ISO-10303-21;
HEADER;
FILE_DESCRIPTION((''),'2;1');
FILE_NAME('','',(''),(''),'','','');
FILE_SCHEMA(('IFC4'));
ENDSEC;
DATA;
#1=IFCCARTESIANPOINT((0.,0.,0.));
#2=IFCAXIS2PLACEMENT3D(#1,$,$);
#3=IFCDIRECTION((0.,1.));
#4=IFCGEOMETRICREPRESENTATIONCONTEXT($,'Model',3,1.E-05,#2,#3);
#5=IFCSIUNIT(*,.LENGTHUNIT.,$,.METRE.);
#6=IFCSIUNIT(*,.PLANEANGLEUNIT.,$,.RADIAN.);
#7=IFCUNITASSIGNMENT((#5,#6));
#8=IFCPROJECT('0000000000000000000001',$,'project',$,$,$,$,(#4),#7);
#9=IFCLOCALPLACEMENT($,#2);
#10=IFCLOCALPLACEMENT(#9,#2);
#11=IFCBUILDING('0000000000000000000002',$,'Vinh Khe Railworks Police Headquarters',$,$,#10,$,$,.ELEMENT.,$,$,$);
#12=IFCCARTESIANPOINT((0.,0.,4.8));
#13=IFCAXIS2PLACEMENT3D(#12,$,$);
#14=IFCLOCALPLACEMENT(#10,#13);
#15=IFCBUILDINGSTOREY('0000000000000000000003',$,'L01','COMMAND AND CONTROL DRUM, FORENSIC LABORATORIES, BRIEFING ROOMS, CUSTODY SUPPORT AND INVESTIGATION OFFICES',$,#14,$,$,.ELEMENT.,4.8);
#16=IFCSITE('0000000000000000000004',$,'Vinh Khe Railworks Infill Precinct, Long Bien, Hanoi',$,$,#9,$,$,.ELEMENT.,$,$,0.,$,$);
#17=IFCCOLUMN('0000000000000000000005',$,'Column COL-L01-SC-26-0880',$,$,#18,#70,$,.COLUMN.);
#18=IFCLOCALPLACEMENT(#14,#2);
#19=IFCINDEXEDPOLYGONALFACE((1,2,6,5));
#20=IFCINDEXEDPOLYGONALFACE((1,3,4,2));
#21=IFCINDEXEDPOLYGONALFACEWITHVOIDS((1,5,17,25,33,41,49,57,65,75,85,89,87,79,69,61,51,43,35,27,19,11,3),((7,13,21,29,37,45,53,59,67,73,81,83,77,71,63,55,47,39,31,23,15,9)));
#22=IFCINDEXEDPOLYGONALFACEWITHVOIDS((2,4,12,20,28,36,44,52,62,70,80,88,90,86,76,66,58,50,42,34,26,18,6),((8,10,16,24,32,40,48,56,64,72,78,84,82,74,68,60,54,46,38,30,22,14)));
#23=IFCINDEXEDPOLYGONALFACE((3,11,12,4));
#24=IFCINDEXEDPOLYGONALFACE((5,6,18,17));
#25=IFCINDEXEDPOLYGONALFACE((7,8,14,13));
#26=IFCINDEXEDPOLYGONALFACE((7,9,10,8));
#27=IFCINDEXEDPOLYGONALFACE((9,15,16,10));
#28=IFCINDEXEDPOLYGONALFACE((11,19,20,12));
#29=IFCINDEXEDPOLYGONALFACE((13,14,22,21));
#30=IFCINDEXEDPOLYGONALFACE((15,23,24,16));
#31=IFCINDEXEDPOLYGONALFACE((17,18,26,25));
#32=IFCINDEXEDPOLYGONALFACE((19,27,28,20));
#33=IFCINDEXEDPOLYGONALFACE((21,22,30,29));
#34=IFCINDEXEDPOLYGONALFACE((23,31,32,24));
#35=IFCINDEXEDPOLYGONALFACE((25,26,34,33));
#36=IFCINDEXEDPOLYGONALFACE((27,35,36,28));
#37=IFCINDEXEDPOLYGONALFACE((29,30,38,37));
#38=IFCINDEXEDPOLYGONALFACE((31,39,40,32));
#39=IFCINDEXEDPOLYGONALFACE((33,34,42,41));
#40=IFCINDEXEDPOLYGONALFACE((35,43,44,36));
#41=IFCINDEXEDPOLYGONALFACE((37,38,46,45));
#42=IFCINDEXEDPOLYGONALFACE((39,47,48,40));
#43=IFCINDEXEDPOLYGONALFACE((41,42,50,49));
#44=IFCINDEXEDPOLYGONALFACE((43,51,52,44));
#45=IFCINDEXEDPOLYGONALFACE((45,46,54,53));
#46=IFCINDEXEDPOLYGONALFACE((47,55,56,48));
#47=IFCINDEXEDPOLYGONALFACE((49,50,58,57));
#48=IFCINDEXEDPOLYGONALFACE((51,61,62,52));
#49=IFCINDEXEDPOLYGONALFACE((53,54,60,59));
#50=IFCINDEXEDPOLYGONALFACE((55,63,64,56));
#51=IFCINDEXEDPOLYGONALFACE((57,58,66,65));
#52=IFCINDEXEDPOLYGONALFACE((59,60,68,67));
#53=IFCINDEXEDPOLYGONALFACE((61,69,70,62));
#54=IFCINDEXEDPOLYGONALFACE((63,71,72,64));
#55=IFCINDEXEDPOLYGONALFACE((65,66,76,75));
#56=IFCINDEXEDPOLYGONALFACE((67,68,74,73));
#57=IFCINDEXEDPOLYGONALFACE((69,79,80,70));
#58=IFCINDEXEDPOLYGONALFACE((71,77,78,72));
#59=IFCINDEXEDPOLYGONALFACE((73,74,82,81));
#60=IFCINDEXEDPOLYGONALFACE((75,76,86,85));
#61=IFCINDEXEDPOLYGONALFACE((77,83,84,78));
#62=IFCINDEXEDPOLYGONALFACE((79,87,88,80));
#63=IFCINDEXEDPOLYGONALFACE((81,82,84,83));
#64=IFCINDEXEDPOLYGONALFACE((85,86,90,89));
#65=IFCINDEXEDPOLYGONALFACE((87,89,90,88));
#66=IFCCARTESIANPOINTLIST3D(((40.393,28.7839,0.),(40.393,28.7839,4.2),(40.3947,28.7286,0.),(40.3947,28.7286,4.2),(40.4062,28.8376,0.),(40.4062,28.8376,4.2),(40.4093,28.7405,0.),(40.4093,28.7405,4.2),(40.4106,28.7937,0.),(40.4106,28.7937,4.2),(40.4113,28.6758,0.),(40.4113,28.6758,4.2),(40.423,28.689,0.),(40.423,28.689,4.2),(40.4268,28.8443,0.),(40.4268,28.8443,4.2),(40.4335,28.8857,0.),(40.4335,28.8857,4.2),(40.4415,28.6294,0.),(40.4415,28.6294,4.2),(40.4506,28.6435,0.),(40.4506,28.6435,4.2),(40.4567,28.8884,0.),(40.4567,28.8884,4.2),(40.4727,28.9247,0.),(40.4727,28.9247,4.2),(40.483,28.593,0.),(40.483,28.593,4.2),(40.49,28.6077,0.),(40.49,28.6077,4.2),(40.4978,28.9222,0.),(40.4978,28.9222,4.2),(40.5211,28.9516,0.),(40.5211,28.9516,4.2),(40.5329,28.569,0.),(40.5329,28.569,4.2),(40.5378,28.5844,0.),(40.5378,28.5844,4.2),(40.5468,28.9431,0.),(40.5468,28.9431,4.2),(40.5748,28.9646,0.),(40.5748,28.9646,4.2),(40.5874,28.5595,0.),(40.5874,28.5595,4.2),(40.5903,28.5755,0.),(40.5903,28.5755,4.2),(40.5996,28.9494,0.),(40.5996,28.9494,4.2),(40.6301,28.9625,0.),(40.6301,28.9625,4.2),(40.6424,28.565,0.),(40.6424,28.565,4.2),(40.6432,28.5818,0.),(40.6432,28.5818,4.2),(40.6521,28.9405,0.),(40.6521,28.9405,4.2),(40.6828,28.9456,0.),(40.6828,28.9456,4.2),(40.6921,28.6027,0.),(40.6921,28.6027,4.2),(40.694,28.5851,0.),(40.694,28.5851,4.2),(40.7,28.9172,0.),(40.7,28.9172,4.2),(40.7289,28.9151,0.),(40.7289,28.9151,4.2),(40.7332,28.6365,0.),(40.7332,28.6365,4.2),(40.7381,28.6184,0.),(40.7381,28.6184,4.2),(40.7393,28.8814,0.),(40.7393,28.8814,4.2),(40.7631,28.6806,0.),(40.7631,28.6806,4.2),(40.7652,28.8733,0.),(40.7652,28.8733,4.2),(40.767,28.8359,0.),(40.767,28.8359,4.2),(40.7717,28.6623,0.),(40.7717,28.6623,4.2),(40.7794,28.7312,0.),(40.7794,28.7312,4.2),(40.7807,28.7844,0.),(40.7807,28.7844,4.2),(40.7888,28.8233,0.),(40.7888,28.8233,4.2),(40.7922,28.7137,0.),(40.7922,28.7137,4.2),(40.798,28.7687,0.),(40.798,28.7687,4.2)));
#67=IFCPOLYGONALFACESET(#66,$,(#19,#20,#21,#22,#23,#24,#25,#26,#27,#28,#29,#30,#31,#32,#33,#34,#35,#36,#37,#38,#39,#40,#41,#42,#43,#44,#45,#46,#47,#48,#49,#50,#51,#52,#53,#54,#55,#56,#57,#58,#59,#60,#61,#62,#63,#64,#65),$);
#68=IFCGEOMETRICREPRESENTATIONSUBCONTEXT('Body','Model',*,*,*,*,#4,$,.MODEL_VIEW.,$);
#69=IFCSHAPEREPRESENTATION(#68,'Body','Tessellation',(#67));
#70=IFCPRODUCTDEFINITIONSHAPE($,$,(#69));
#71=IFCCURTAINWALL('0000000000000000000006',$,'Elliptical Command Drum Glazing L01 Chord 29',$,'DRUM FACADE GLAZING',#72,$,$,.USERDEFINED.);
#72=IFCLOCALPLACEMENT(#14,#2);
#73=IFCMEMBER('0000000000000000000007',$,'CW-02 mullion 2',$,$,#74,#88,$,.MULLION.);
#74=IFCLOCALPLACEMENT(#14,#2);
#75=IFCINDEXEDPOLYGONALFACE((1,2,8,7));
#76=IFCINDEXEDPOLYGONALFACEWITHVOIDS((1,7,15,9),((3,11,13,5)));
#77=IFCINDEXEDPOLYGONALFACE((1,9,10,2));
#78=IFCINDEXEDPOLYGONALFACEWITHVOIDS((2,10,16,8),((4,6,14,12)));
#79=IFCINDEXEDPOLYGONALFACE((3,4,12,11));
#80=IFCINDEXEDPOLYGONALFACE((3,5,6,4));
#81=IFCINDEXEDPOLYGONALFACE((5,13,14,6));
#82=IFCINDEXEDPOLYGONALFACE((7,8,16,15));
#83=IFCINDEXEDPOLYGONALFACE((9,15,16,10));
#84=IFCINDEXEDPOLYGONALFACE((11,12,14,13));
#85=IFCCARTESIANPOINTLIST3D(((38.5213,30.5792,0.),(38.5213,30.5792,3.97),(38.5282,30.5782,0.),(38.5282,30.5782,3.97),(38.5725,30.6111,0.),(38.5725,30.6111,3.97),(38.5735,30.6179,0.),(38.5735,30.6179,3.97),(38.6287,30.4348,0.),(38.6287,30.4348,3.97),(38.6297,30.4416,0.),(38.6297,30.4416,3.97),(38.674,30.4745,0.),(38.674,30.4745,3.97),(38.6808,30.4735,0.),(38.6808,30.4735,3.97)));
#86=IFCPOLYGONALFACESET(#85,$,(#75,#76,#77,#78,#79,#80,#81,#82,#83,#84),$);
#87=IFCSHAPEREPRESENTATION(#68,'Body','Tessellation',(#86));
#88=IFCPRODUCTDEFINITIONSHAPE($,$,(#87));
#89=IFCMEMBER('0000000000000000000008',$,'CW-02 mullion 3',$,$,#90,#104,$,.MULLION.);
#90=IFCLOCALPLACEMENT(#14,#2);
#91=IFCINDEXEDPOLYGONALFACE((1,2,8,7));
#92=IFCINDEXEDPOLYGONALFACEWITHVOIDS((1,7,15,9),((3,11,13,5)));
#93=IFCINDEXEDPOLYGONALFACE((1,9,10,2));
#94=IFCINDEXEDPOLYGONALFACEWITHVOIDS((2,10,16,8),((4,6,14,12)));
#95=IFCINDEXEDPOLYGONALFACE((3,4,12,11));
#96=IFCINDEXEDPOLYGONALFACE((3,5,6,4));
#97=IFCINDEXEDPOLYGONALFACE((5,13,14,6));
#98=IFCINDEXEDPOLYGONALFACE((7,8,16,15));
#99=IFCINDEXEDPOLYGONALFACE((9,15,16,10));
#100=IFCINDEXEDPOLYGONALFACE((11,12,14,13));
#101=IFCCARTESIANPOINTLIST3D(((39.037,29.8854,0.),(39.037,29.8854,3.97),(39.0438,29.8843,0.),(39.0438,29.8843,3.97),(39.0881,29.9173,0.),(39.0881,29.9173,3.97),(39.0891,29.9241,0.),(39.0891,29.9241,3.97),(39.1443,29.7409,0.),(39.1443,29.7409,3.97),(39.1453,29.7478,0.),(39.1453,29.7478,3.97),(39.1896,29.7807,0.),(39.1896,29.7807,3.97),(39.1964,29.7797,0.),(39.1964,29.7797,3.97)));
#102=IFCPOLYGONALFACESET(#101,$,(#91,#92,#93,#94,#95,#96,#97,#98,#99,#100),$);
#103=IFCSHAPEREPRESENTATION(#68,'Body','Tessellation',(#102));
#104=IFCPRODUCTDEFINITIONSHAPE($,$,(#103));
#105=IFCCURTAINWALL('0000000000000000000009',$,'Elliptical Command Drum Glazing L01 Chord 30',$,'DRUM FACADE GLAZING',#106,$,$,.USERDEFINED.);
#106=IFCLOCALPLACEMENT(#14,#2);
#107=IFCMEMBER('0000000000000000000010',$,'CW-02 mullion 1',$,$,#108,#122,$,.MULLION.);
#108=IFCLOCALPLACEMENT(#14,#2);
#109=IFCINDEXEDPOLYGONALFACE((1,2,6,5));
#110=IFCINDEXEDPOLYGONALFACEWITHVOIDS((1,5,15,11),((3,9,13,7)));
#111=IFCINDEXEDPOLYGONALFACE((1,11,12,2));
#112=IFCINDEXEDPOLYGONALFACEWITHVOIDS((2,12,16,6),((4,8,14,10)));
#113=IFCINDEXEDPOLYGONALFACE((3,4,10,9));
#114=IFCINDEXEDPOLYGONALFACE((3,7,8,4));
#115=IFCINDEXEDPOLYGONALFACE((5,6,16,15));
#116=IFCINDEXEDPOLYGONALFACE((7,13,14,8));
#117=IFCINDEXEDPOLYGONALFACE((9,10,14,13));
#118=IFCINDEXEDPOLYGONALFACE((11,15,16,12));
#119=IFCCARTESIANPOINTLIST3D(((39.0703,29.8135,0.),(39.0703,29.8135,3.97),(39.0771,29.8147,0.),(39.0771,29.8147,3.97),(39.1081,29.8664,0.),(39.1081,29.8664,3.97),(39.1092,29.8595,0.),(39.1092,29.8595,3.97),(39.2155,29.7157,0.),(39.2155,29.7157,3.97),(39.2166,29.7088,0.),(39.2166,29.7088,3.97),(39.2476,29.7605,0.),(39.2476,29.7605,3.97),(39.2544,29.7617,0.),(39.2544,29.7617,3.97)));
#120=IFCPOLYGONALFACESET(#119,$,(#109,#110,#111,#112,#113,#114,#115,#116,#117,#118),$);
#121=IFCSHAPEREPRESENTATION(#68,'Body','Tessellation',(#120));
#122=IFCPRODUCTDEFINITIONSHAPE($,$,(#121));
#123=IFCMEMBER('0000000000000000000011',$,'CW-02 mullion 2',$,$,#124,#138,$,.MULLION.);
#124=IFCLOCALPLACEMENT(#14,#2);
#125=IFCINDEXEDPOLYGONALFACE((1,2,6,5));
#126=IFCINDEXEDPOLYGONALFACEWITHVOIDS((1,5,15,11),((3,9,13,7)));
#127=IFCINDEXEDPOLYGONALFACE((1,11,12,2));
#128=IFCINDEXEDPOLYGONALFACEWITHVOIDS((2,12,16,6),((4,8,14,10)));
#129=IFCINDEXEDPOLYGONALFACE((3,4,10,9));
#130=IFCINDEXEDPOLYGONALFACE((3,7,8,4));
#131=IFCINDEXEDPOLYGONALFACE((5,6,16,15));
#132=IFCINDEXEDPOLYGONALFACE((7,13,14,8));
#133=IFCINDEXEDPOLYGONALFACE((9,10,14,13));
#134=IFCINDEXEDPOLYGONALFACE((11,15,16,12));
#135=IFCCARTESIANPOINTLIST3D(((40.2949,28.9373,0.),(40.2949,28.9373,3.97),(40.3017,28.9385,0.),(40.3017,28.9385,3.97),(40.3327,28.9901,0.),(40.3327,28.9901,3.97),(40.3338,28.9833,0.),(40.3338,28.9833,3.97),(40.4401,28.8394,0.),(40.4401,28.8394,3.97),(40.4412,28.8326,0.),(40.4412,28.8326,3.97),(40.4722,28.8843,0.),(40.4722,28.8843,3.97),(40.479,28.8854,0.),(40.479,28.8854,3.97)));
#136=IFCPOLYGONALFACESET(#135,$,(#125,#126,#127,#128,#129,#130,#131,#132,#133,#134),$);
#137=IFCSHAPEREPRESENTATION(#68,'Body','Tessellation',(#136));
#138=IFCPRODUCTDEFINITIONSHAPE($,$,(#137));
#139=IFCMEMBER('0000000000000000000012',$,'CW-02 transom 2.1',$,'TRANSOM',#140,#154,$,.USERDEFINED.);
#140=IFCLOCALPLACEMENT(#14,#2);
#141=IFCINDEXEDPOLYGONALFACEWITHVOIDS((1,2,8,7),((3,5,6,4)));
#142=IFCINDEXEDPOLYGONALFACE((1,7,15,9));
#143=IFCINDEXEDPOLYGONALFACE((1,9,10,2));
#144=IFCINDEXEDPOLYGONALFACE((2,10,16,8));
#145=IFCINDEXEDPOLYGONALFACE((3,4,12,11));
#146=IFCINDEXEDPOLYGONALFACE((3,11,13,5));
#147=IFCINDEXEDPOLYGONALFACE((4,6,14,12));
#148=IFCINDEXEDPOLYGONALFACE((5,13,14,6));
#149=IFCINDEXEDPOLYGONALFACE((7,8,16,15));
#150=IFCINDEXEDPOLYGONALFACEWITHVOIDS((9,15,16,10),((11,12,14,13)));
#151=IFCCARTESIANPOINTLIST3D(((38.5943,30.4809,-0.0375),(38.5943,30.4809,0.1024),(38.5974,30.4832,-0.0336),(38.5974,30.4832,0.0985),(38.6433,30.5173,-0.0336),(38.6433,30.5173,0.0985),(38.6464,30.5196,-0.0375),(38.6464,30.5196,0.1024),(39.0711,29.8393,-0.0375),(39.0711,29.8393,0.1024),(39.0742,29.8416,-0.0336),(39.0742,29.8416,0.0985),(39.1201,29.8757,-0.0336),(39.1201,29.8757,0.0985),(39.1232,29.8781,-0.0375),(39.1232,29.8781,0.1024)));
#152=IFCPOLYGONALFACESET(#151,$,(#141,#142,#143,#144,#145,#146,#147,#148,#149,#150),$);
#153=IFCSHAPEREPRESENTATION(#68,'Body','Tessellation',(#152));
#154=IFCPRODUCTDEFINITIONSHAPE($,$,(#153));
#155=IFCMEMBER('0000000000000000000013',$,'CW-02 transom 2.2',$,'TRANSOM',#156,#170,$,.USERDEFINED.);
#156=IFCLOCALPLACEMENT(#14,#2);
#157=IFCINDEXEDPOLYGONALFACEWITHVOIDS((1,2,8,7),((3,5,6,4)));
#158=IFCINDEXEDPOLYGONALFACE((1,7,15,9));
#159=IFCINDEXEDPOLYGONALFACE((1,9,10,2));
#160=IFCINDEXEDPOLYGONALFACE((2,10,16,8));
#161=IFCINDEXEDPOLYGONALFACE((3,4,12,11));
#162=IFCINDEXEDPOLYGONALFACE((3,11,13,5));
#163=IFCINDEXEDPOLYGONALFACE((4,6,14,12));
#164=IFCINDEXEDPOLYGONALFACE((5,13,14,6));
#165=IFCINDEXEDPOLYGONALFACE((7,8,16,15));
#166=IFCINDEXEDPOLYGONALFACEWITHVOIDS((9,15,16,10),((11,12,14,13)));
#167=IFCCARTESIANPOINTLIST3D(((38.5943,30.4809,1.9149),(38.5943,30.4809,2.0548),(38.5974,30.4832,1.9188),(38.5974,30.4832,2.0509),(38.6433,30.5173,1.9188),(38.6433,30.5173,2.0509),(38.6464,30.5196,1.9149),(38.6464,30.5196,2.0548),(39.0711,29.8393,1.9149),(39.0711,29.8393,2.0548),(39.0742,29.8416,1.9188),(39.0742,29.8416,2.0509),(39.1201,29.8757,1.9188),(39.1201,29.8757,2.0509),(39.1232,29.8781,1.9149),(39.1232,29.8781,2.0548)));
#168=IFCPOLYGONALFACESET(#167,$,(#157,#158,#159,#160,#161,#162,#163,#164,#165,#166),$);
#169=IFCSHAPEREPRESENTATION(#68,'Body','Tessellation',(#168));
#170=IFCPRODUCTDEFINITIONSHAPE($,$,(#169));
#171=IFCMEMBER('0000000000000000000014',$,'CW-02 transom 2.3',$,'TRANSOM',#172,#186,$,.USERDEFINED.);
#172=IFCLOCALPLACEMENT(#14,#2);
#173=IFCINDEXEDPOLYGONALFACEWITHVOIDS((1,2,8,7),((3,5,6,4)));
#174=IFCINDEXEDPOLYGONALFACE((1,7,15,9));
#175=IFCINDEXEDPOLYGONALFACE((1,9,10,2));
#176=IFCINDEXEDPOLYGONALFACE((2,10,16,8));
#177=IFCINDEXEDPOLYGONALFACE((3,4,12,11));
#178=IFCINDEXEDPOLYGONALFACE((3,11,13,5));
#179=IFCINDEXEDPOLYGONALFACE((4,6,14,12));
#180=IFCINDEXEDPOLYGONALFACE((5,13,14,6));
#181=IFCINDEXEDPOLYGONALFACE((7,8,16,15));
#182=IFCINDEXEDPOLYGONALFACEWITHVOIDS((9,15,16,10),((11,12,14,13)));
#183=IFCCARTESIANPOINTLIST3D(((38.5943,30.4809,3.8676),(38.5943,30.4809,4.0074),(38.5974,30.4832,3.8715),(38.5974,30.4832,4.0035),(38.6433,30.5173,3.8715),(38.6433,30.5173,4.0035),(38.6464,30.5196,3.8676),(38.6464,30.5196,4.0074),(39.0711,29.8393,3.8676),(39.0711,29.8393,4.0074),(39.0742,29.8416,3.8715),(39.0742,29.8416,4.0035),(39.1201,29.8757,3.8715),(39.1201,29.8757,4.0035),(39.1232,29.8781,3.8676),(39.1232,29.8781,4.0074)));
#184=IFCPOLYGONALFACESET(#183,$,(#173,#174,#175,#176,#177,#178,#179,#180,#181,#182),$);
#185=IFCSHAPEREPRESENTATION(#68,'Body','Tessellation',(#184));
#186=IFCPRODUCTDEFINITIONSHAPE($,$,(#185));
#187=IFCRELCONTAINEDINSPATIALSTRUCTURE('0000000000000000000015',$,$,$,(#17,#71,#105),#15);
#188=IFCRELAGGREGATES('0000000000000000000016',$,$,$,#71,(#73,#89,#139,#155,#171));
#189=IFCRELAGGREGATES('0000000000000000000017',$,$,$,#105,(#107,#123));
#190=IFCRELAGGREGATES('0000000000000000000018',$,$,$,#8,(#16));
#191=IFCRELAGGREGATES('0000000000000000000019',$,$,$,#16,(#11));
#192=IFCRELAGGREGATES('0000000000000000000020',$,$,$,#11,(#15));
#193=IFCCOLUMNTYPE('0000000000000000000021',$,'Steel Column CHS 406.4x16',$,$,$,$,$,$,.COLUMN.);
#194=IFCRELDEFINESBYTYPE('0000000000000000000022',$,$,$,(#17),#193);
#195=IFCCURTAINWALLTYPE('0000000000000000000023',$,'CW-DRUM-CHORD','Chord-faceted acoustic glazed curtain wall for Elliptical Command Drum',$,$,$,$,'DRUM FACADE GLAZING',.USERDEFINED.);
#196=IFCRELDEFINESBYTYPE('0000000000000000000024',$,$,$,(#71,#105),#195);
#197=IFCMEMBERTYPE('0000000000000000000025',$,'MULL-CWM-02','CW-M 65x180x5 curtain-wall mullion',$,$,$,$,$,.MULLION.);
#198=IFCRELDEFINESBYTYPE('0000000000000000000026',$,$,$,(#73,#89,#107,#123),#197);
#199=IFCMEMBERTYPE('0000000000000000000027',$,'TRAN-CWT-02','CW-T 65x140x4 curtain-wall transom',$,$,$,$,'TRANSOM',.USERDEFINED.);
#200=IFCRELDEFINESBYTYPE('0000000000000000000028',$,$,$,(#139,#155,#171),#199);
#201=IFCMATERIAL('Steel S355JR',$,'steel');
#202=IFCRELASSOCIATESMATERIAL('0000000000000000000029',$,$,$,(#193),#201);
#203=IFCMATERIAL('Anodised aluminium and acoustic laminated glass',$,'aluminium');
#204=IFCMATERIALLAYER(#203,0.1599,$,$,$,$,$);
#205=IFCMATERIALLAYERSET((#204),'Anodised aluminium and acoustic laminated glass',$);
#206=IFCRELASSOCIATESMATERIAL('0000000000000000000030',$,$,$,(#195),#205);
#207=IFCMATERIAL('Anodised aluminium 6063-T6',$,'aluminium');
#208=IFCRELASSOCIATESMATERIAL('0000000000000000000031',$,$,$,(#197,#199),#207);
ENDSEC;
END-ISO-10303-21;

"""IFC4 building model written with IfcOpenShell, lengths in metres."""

from ifc_helpers import new_model, si_unit, direction, frame, origin, origin_2d, place, context, subcontext, project, spatial, hollow_rectangle, hollow_circle, extrude, material, layer, layer_set, material_profile, profile_set, type_object, element, aggregate, save


model = new_model("IFC4")

# Units and contexts
model_context = context("Model", 3, precision=1e-05, world=origin(), true_north=direction((0.0, 1.0)))
body_context = subcontext(model_context, "Body", "Model", "MODEL_VIEW")
ifc_project = project(units=[si_unit("LENGTHUNIT", "METRE"), si_unit("PLANEANGLEUNIT", "RADIAN")], contexts=[model_context])

# Site, building, storey
site_placement = place(None, origin())
site = spatial("IfcSite", under=ifc_project, at=site_placement, Name="Vinh Khe Railworks Infill Precinct, Long Bien, Hanoi", CompositionType="ELEMENT", RefElevation=0.0)
building_placement = place(site_placement, origin())
building = spatial("IfcBuilding", under=site, at=building_placement, Name="Vinh Khe Railworks Police Headquarters", CompositionType="ELEMENT")
storey_placement = place(building_placement, frame((0.0, 0.0, 4.8)))
storey = spatial("IfcBuildingStorey", under=building, at=storey_placement, Name="L01", Description="COMMAND AND CONTROL DRUM, FORENSIC LABORATORIES, BRIEFING ROOMS, CUSTODY SUPPORT AND INVESTIGATION OFFICES", CompositionType="ELEMENT", Elevation=4.8)

# Column
ifc_material_1 = material(Name="Steel S355JR", Category="steel")
ifc_material_profile_1 = material_profile(ifc_material_1, hollow_circle(Radius=0.2031, WallThickness=0.0161, at=origin_2d()), Name="CHS 406.4x16")
ifc_profile_set_1 = profile_set([ifc_material_profile_1], Name="Steel S355JR")
column_type = type_object("IfcColumnType", Name="Steel Column CHS 406.4x16", PredefinedType="COLUMN", material=ifc_profile_set_1)
column_placement = place(storey_placement, frame((40.595, 28.7625, 0.0), z_axis=(0.0, 0.0, 1.0), x_axis=(-0.305529, -0.952183, 0.0)))
element("IfcColumn", 1, at=column_placement, inside=storey, type_object=column_type, Name="Column COL-L01-SC-26-0880", PredefinedType="COLUMN", context=body_context, shape_type="SweptSolid", body=[
    extrude(hollow_circle(Radius=0.2031, WallThickness=0.0161, at=origin_2d()), origin(), (0.0, 0.0, 1.0), 4.2),
])

# Curtain walls, members
ifc_material_2 = material(Name="Anodised aluminium and acoustic laminated glass", Category="aluminium")
ifc_layer_1 = layer(ifc_material_2, 0.1599)
ifc_layer_set_1 = layer_set([ifc_layer_1], Name="Anodised aluminium and acoustic laminated glass")
curtain_wall_type = type_object("IfcCurtainWallType", Name="CW-DRUM-CHORD", Description="Chord-faceted acoustic glazed curtain wall for Elliptical Command Drum", ElementType="DRUM FACADE GLAZING", PredefinedType="USERDEFINED", material=ifc_layer_set_1)
curtain_wall_1_placement = place(storey_placement, origin())
curtain_wall_1 = element("IfcCurtainWall", 2, at=curtain_wall_1_placement, inside=storey, type_object=curtain_wall_type, Name="Elliptical Command Drum Glazing L01 Chord 29", ObjectType="DRUM FACADE GLAZING", PredefinedType="USERDEFINED")
ifc_material_3 = material(Name="Anodised aluminium 6063-T6", Category="aluminium")
ifc_material_profile_2 = material_profile(ifc_material_3, hollow_rectangle(XDim=0.0649, YDim=0.1799, WallThickness=0.0049, at=origin_2d()), Name="CW-M 65x180x5")
ifc_profile_set_2 = profile_set([ifc_material_profile_2], Name="Anodised aluminium 6063-T6")
member_type_1 = type_object("IfcMemberType", Name="MULL-CWM-02", Description="CW-M 65x180x5 curtain-wall mullion", PredefinedType="MULLION", material=ifc_profile_set_2)
member_1_placement = place(storey_placement, frame((38.6011, 30.5264, 0.0), z_axis=(0.0, 0.0, 1.0), x_axis=(0.802592, 0.596528, 0.0)))
member_1 = element("IfcMember", 3, at=member_1_placement, type_object=member_type_1, Name="CW-02 mullion 2", PredefinedType="MULLION", context=body_context, shape_type="SweptSolid", body=[
    extrude(hollow_rectangle(XDim=0.0649, YDim=0.1799, WallThickness=0.0049, at=origin_2d()), origin(), (0.0, 0.0, 1.0), 3.97),
])
member_2_placement = place(storey_placement, frame((39.1167, 29.8325, 0.0), z_axis=(0.0, 0.0, 1.0), x_axis=(0.802592, 0.596528, 0.0)))
member_2 = element("IfcMember", 4, at=member_2_placement, type_object=member_type_1, Name="CW-02 mullion 3", PredefinedType="MULLION", context=body_context, shape_type="SweptSolid", body=[
    extrude(hollow_rectangle(XDim=0.0649, YDim=0.1799, WallThickness=0.0049, at=origin_2d()), origin(), (0.0, 0.0, 1.0), 3.97),
])
curtain_wall_2_placement = place(storey_placement, origin())
curtain_wall_2 = element("IfcCurtainWall", 5, at=curtain_wall_2_placement, inside=storey, type_object=curtain_wall_type, Name="Elliptical Command Drum Glazing L01 Chord 30", ObjectType="DRUM FACADE GLAZING", PredefinedType="USERDEFINED")
member_3_placement = place(storey_placement, frame((39.1624, 29.7876, 0.0), z_axis=(0.0, 0.0, 1.0), x_axis=(0.581917, 0.813248, 0.0)))
member_3 = element("IfcMember", 6, at=member_3_placement, type_object=member_type_1, Name="CW-02 mullion 1", PredefinedType="MULLION", context=body_context, shape_type="SweptSolid", body=[
    extrude(hollow_rectangle(XDim=0.0649, YDim=0.1799, WallThickness=0.0049, at=origin_2d()), origin(), (0.0, 0.0, 1.0), 3.97),
])
member_4_placement = place(storey_placement, frame((40.387, 28.9114, 0.0), z_axis=(0.0, 0.0, 1.0), x_axis=(0.581917, 0.813248, 0.0)))
member_4 = element("IfcMember", 7, at=member_4_placement, type_object=member_type_1, Name="CW-02 mullion 2", PredefinedType="MULLION", context=body_context, shape_type="SweptSolid", body=[
    extrude(hollow_rectangle(XDim=0.0649, YDim=0.1799, WallThickness=0.0049, at=origin_2d()), origin(), (0.0, 0.0, 1.0), 3.97),
])

# Members
ifc_material_profile_3 = material_profile(ifc_material_3, hollow_rectangle(XDim=0.0649, YDim=0.1399, WallThickness=0.0039, at=origin_2d()), Name="CW-T 65x140x4")
ifc_profile_set_3 = profile_set([ifc_material_profile_3], Name="Anodised aluminium 6063-T6")
member_type_2 = type_object("IfcMemberType", Name="TRAN-CWT-02", Description="CW-T 65x140x4 curtain-wall transom", ElementType="TRANSOM", PredefinedType="USERDEFINED", material=ifc_profile_set_3)
member_5_placement = place(storey_placement, frame((38.6204, 30.5002, 0.0325), z_axis=(0.596476, -0.802631, 0.0), x_axis=(0.802631, 0.596476, 0.0)))
member_5 = element("IfcMember", 8, at=member_5_placement, type_object=member_type_2, Name="CW-02 transom 2.1", ObjectType="TRANSOM", PredefinedType="USERDEFINED", context=body_context, shape_type="SweptSolid", body=[
    extrude(hollow_rectangle(XDim=0.0649, YDim=0.1399, WallThickness=0.0039, at=origin_2d()), origin(), (0.0, 0.0, 1.0), 0.7993),
])
member_6_placement = place(storey_placement, frame((38.6204, 30.5002, 1.9849), z_axis=(0.596476, -0.802631, 0.0), x_axis=(0.802631, 0.596476, 0.0)))
member_6 = element("IfcMember", 9, at=member_6_placement, type_object=member_type_2, Name="CW-02 transom 2.2", ObjectType="TRANSOM", PredefinedType="USERDEFINED", context=body_context, shape_type="SweptSolid", body=[
    extrude(hollow_rectangle(XDim=0.0649, YDim=0.1399, WallThickness=0.0039, at=origin_2d()), origin(), (0.0, 0.0, 1.0), 0.7993),
])
member_7_placement = place(storey_placement, frame((38.6204, 30.5002, 3.9375), z_axis=(0.596476, -0.802631, 0.0), x_axis=(0.802631, 0.596476, 0.0)))
member_7 = element("IfcMember", 10, at=member_7_placement, type_object=member_type_2, Name="CW-02 transom 2.3", ObjectType="TRANSOM", PredefinedType="USERDEFINED", context=body_context, shape_type="SweptSolid", body=[
    extrude(hollow_rectangle(XDim=0.0649, YDim=0.1399, WallThickness=0.0039, at=origin_2d()), origin(), (0.0, 0.0, 1.0), 0.7993),
])

aggregate(curtain_wall_1, [member_1, member_2, member_5, member_6, member_7])
aggregate(curtain_wall_2, [member_3, member_4])

save(model, "model.ifc")
